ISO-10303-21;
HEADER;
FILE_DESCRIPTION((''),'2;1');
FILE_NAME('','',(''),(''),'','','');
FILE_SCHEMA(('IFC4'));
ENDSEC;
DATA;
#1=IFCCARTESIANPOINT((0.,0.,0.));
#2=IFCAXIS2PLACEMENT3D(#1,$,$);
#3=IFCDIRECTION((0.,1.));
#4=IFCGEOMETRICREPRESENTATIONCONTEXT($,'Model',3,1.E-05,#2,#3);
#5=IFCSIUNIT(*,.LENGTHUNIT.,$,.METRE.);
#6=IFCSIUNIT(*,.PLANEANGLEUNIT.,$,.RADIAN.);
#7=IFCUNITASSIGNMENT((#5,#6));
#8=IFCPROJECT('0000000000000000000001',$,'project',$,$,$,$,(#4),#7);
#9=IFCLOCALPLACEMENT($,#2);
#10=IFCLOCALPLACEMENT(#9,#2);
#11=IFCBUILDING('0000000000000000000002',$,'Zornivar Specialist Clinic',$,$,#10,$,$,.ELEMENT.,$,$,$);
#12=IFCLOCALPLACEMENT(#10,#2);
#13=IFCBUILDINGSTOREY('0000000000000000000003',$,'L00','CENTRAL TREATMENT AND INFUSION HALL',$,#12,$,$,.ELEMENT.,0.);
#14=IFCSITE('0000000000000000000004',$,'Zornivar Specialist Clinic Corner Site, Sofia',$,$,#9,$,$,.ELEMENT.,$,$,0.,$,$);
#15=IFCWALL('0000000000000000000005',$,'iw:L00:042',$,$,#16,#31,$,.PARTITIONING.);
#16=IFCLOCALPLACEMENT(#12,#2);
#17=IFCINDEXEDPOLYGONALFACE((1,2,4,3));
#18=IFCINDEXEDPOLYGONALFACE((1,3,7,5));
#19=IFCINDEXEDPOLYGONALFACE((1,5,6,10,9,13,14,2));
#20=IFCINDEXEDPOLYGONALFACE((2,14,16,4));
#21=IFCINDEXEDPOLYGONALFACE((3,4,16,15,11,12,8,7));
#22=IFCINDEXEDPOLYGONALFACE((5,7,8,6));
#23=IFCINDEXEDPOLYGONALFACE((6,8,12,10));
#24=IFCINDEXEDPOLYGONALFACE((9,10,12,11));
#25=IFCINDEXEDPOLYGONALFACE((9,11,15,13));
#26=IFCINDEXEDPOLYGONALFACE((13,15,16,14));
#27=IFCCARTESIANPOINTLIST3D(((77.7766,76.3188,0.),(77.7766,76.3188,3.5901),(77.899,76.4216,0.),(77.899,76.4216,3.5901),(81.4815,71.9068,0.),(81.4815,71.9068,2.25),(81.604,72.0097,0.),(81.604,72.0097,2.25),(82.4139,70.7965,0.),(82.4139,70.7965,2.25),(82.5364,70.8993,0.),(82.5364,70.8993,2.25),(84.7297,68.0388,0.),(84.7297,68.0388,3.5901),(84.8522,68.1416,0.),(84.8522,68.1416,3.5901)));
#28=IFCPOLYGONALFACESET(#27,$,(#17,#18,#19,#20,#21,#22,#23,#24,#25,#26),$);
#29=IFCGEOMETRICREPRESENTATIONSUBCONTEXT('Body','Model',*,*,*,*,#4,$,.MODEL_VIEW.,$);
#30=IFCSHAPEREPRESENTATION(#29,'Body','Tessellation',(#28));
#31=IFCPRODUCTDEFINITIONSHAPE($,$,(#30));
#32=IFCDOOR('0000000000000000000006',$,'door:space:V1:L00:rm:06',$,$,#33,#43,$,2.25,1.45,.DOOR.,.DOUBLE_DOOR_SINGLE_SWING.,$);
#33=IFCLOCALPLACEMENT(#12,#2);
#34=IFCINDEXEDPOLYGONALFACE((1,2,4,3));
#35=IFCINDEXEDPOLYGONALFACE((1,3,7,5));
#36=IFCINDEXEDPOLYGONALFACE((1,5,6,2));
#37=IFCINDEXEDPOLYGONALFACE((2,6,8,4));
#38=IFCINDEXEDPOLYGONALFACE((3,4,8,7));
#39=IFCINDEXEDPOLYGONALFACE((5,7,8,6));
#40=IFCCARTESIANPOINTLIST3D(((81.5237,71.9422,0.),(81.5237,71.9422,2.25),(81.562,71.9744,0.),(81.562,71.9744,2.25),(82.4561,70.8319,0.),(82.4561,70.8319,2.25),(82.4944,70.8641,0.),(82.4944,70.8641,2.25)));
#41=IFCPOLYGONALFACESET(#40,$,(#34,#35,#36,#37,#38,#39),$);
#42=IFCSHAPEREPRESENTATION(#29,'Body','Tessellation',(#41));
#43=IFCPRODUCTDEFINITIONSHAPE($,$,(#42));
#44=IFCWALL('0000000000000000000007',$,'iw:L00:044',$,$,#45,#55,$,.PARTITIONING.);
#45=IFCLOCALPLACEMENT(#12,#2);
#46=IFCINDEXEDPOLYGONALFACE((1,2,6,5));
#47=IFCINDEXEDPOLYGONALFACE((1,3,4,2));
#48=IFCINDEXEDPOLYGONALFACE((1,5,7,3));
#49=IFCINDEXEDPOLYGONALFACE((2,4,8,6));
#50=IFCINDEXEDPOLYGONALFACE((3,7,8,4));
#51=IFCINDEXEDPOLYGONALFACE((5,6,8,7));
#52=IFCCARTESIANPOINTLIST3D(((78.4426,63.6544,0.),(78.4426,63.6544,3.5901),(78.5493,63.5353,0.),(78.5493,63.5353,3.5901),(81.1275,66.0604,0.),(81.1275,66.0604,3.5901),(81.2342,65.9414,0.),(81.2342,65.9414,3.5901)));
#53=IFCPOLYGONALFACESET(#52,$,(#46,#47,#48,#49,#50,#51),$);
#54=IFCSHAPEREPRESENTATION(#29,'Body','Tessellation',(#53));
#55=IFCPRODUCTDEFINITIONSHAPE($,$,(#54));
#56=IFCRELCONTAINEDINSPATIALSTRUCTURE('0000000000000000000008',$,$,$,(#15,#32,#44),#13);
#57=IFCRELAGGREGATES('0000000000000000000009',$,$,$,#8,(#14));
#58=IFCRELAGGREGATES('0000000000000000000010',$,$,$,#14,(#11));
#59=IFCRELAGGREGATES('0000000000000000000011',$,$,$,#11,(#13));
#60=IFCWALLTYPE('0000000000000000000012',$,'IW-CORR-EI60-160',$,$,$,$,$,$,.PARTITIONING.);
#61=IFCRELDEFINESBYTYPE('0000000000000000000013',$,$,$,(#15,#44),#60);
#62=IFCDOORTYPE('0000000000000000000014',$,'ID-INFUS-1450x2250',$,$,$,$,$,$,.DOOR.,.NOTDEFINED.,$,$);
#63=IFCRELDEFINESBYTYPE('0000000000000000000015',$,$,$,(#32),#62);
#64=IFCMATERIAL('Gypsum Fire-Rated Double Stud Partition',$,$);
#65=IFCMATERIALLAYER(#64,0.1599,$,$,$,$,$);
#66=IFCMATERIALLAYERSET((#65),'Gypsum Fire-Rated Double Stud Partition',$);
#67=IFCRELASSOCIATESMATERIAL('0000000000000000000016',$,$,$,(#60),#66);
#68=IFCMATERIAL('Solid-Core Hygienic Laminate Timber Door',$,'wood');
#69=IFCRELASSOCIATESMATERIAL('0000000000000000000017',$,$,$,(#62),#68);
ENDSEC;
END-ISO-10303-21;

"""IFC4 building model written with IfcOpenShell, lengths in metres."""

from ifc_helpers import new_model, si_unit, direction, frame, frame_2d, origin, place, context, subcontext, project, spatial, rectangle, extrude, material, layer, layer_set, type_object, element, fill, save


model = new_model("IFC4")

# Units and contexts
model_context = context("Model", 3, precision=1e-05, world=origin(), true_north=direction((0.0, 1.0)))
body_context = subcontext(model_context, "Body", "Model", "MODEL_VIEW")
ifc_project = project(units=[si_unit("LENGTHUNIT", "METRE"), si_unit("PLANEANGLEUNIT", "RADIAN")], contexts=[model_context])

# Site, building, storey
site_placement = place(None, origin())
site = spatial("IfcSite", under=ifc_project, at=site_placement, Name="Zornivar Specialist Clinic Corner Site, Sofia", CompositionType="ELEMENT", RefElevation=0.0)
building_placement = place(site_placement, origin())
building = spatial("IfcBuilding", under=site, at=building_placement, Name="Zornivar Specialist Clinic", CompositionType="ELEMENT")
storey_placement = place(building_placement, origin())
storey = spatial("IfcBuildingStorey", under=building, at=storey_placement, Name="L00", Description="CENTRAL TREATMENT AND INFUSION HALL", CompositionType="ELEMENT", Elevation=0.0)

# Shared definitions
ifc_material_1 = material(Name="Gypsum Fire-Rated Double Stud Partition")
ifc_layer = layer(ifc_material_1, 0.1599)
ifc_layer_set = layer_set([ifc_layer], Name="Gypsum Fire-Rated Double Stud Partition")
wall_type = type_object("IfcWallType", Name="IW-CORR-EI60-160", PredefinedType="PARTITIONING", material=ifc_layer_set)

# Wall, opening, door
wall_1_placement = place(storey_placement, frame((84.791, 68.0901, 0.0), z_axis=(0.0, 0.0, 1.0), x_axis=(-0.643078, 0.7658, 0.0)))
wall_1 = element("IfcWall", 1, at=wall_1_placement, inside=storey, type_object=wall_type, Name="iw:L00:042", PredefinedType="PARTITIONING", context=body_context, shape_type="SweptSolid", body=[
    extrude(rectangle(XDim=10.8123, YDim=0.1599, at=frame_2d((5.4062, 0.0))), origin(), (0.0, 0.0, 1.0), 3.5901),
])
opening_placement = place(wall_1_placement, frame((3.6011, 0.0, 0.0)))
opening = element("IfcOpeningElement", 2, at=opening_placement, cuts=wall_1, PredefinedType="OPENING", context=body_context, shape_type="SweptSolid", body=[
    extrude(rectangle(XDim=1.45, YDim=2.25, at=frame_2d((0.7251, 1.125))), frame((0.0, 0.0898, 0.0), z_axis=(0.0, -1.0, 0.0), x_axis=(1.0, 0.0, 0.0)), (0.0, 0.0, 1.0), 0.1799),
])
ifc_material_2 = material(Name="Solid-Core Hygienic Laminate Timber Door", Category="wood")
door_type = type_object("IfcDoorType", Name="ID-INFUS-1450x2250", OperationType="NOTDEFINED", PredefinedType="DOOR", material=ifc_material_2)
door_placement = place(opening_placement, origin())
door = element("IfcDoor", 3, at=door_placement, inside=storey, type_object=door_type, Name="door:space:V1:L00:rm:06", OperationType="DOUBLE_DOOR_SINGLE_SWING", OverallHeight=2.25, OverallWidth=1.45, PredefinedType="DOOR", context=body_context, shape_type="SweptSolid", body=[
    extrude(rectangle(XDim=1.45, YDim=2.25, at=frame_2d((0.7251, 1.125))), frame((0.0, 0.0249, 0.0), z_axis=(0.0, -1.0, 0.0), x_axis=(1.0, 0.0, 0.0)), (0.0, 0.0, 1.0), 0.05),
])
fill(opening, door)

# Wall
wall_2_placement = place(storey_placement, frame((81.1809, 66.001, 0.0), z_axis=(0.0, 0.0, 1.0), x_axis=(-0.744717, -0.667381, 0.0)))
element("IfcWall", 4, at=wall_2_placement, inside=storey, type_object=wall_type, Name="iw:L00:044", PredefinedType="PARTITIONING", context=body_context, shape_type="SweptSolid", body=[
    extrude(rectangle(XDim=3.6052, YDim=0.1599, at=frame_2d((1.8027, 0.0))), origin(), (0.0, 0.0, 1.0), 3.5901),
])

save(model, "model.ifc")
